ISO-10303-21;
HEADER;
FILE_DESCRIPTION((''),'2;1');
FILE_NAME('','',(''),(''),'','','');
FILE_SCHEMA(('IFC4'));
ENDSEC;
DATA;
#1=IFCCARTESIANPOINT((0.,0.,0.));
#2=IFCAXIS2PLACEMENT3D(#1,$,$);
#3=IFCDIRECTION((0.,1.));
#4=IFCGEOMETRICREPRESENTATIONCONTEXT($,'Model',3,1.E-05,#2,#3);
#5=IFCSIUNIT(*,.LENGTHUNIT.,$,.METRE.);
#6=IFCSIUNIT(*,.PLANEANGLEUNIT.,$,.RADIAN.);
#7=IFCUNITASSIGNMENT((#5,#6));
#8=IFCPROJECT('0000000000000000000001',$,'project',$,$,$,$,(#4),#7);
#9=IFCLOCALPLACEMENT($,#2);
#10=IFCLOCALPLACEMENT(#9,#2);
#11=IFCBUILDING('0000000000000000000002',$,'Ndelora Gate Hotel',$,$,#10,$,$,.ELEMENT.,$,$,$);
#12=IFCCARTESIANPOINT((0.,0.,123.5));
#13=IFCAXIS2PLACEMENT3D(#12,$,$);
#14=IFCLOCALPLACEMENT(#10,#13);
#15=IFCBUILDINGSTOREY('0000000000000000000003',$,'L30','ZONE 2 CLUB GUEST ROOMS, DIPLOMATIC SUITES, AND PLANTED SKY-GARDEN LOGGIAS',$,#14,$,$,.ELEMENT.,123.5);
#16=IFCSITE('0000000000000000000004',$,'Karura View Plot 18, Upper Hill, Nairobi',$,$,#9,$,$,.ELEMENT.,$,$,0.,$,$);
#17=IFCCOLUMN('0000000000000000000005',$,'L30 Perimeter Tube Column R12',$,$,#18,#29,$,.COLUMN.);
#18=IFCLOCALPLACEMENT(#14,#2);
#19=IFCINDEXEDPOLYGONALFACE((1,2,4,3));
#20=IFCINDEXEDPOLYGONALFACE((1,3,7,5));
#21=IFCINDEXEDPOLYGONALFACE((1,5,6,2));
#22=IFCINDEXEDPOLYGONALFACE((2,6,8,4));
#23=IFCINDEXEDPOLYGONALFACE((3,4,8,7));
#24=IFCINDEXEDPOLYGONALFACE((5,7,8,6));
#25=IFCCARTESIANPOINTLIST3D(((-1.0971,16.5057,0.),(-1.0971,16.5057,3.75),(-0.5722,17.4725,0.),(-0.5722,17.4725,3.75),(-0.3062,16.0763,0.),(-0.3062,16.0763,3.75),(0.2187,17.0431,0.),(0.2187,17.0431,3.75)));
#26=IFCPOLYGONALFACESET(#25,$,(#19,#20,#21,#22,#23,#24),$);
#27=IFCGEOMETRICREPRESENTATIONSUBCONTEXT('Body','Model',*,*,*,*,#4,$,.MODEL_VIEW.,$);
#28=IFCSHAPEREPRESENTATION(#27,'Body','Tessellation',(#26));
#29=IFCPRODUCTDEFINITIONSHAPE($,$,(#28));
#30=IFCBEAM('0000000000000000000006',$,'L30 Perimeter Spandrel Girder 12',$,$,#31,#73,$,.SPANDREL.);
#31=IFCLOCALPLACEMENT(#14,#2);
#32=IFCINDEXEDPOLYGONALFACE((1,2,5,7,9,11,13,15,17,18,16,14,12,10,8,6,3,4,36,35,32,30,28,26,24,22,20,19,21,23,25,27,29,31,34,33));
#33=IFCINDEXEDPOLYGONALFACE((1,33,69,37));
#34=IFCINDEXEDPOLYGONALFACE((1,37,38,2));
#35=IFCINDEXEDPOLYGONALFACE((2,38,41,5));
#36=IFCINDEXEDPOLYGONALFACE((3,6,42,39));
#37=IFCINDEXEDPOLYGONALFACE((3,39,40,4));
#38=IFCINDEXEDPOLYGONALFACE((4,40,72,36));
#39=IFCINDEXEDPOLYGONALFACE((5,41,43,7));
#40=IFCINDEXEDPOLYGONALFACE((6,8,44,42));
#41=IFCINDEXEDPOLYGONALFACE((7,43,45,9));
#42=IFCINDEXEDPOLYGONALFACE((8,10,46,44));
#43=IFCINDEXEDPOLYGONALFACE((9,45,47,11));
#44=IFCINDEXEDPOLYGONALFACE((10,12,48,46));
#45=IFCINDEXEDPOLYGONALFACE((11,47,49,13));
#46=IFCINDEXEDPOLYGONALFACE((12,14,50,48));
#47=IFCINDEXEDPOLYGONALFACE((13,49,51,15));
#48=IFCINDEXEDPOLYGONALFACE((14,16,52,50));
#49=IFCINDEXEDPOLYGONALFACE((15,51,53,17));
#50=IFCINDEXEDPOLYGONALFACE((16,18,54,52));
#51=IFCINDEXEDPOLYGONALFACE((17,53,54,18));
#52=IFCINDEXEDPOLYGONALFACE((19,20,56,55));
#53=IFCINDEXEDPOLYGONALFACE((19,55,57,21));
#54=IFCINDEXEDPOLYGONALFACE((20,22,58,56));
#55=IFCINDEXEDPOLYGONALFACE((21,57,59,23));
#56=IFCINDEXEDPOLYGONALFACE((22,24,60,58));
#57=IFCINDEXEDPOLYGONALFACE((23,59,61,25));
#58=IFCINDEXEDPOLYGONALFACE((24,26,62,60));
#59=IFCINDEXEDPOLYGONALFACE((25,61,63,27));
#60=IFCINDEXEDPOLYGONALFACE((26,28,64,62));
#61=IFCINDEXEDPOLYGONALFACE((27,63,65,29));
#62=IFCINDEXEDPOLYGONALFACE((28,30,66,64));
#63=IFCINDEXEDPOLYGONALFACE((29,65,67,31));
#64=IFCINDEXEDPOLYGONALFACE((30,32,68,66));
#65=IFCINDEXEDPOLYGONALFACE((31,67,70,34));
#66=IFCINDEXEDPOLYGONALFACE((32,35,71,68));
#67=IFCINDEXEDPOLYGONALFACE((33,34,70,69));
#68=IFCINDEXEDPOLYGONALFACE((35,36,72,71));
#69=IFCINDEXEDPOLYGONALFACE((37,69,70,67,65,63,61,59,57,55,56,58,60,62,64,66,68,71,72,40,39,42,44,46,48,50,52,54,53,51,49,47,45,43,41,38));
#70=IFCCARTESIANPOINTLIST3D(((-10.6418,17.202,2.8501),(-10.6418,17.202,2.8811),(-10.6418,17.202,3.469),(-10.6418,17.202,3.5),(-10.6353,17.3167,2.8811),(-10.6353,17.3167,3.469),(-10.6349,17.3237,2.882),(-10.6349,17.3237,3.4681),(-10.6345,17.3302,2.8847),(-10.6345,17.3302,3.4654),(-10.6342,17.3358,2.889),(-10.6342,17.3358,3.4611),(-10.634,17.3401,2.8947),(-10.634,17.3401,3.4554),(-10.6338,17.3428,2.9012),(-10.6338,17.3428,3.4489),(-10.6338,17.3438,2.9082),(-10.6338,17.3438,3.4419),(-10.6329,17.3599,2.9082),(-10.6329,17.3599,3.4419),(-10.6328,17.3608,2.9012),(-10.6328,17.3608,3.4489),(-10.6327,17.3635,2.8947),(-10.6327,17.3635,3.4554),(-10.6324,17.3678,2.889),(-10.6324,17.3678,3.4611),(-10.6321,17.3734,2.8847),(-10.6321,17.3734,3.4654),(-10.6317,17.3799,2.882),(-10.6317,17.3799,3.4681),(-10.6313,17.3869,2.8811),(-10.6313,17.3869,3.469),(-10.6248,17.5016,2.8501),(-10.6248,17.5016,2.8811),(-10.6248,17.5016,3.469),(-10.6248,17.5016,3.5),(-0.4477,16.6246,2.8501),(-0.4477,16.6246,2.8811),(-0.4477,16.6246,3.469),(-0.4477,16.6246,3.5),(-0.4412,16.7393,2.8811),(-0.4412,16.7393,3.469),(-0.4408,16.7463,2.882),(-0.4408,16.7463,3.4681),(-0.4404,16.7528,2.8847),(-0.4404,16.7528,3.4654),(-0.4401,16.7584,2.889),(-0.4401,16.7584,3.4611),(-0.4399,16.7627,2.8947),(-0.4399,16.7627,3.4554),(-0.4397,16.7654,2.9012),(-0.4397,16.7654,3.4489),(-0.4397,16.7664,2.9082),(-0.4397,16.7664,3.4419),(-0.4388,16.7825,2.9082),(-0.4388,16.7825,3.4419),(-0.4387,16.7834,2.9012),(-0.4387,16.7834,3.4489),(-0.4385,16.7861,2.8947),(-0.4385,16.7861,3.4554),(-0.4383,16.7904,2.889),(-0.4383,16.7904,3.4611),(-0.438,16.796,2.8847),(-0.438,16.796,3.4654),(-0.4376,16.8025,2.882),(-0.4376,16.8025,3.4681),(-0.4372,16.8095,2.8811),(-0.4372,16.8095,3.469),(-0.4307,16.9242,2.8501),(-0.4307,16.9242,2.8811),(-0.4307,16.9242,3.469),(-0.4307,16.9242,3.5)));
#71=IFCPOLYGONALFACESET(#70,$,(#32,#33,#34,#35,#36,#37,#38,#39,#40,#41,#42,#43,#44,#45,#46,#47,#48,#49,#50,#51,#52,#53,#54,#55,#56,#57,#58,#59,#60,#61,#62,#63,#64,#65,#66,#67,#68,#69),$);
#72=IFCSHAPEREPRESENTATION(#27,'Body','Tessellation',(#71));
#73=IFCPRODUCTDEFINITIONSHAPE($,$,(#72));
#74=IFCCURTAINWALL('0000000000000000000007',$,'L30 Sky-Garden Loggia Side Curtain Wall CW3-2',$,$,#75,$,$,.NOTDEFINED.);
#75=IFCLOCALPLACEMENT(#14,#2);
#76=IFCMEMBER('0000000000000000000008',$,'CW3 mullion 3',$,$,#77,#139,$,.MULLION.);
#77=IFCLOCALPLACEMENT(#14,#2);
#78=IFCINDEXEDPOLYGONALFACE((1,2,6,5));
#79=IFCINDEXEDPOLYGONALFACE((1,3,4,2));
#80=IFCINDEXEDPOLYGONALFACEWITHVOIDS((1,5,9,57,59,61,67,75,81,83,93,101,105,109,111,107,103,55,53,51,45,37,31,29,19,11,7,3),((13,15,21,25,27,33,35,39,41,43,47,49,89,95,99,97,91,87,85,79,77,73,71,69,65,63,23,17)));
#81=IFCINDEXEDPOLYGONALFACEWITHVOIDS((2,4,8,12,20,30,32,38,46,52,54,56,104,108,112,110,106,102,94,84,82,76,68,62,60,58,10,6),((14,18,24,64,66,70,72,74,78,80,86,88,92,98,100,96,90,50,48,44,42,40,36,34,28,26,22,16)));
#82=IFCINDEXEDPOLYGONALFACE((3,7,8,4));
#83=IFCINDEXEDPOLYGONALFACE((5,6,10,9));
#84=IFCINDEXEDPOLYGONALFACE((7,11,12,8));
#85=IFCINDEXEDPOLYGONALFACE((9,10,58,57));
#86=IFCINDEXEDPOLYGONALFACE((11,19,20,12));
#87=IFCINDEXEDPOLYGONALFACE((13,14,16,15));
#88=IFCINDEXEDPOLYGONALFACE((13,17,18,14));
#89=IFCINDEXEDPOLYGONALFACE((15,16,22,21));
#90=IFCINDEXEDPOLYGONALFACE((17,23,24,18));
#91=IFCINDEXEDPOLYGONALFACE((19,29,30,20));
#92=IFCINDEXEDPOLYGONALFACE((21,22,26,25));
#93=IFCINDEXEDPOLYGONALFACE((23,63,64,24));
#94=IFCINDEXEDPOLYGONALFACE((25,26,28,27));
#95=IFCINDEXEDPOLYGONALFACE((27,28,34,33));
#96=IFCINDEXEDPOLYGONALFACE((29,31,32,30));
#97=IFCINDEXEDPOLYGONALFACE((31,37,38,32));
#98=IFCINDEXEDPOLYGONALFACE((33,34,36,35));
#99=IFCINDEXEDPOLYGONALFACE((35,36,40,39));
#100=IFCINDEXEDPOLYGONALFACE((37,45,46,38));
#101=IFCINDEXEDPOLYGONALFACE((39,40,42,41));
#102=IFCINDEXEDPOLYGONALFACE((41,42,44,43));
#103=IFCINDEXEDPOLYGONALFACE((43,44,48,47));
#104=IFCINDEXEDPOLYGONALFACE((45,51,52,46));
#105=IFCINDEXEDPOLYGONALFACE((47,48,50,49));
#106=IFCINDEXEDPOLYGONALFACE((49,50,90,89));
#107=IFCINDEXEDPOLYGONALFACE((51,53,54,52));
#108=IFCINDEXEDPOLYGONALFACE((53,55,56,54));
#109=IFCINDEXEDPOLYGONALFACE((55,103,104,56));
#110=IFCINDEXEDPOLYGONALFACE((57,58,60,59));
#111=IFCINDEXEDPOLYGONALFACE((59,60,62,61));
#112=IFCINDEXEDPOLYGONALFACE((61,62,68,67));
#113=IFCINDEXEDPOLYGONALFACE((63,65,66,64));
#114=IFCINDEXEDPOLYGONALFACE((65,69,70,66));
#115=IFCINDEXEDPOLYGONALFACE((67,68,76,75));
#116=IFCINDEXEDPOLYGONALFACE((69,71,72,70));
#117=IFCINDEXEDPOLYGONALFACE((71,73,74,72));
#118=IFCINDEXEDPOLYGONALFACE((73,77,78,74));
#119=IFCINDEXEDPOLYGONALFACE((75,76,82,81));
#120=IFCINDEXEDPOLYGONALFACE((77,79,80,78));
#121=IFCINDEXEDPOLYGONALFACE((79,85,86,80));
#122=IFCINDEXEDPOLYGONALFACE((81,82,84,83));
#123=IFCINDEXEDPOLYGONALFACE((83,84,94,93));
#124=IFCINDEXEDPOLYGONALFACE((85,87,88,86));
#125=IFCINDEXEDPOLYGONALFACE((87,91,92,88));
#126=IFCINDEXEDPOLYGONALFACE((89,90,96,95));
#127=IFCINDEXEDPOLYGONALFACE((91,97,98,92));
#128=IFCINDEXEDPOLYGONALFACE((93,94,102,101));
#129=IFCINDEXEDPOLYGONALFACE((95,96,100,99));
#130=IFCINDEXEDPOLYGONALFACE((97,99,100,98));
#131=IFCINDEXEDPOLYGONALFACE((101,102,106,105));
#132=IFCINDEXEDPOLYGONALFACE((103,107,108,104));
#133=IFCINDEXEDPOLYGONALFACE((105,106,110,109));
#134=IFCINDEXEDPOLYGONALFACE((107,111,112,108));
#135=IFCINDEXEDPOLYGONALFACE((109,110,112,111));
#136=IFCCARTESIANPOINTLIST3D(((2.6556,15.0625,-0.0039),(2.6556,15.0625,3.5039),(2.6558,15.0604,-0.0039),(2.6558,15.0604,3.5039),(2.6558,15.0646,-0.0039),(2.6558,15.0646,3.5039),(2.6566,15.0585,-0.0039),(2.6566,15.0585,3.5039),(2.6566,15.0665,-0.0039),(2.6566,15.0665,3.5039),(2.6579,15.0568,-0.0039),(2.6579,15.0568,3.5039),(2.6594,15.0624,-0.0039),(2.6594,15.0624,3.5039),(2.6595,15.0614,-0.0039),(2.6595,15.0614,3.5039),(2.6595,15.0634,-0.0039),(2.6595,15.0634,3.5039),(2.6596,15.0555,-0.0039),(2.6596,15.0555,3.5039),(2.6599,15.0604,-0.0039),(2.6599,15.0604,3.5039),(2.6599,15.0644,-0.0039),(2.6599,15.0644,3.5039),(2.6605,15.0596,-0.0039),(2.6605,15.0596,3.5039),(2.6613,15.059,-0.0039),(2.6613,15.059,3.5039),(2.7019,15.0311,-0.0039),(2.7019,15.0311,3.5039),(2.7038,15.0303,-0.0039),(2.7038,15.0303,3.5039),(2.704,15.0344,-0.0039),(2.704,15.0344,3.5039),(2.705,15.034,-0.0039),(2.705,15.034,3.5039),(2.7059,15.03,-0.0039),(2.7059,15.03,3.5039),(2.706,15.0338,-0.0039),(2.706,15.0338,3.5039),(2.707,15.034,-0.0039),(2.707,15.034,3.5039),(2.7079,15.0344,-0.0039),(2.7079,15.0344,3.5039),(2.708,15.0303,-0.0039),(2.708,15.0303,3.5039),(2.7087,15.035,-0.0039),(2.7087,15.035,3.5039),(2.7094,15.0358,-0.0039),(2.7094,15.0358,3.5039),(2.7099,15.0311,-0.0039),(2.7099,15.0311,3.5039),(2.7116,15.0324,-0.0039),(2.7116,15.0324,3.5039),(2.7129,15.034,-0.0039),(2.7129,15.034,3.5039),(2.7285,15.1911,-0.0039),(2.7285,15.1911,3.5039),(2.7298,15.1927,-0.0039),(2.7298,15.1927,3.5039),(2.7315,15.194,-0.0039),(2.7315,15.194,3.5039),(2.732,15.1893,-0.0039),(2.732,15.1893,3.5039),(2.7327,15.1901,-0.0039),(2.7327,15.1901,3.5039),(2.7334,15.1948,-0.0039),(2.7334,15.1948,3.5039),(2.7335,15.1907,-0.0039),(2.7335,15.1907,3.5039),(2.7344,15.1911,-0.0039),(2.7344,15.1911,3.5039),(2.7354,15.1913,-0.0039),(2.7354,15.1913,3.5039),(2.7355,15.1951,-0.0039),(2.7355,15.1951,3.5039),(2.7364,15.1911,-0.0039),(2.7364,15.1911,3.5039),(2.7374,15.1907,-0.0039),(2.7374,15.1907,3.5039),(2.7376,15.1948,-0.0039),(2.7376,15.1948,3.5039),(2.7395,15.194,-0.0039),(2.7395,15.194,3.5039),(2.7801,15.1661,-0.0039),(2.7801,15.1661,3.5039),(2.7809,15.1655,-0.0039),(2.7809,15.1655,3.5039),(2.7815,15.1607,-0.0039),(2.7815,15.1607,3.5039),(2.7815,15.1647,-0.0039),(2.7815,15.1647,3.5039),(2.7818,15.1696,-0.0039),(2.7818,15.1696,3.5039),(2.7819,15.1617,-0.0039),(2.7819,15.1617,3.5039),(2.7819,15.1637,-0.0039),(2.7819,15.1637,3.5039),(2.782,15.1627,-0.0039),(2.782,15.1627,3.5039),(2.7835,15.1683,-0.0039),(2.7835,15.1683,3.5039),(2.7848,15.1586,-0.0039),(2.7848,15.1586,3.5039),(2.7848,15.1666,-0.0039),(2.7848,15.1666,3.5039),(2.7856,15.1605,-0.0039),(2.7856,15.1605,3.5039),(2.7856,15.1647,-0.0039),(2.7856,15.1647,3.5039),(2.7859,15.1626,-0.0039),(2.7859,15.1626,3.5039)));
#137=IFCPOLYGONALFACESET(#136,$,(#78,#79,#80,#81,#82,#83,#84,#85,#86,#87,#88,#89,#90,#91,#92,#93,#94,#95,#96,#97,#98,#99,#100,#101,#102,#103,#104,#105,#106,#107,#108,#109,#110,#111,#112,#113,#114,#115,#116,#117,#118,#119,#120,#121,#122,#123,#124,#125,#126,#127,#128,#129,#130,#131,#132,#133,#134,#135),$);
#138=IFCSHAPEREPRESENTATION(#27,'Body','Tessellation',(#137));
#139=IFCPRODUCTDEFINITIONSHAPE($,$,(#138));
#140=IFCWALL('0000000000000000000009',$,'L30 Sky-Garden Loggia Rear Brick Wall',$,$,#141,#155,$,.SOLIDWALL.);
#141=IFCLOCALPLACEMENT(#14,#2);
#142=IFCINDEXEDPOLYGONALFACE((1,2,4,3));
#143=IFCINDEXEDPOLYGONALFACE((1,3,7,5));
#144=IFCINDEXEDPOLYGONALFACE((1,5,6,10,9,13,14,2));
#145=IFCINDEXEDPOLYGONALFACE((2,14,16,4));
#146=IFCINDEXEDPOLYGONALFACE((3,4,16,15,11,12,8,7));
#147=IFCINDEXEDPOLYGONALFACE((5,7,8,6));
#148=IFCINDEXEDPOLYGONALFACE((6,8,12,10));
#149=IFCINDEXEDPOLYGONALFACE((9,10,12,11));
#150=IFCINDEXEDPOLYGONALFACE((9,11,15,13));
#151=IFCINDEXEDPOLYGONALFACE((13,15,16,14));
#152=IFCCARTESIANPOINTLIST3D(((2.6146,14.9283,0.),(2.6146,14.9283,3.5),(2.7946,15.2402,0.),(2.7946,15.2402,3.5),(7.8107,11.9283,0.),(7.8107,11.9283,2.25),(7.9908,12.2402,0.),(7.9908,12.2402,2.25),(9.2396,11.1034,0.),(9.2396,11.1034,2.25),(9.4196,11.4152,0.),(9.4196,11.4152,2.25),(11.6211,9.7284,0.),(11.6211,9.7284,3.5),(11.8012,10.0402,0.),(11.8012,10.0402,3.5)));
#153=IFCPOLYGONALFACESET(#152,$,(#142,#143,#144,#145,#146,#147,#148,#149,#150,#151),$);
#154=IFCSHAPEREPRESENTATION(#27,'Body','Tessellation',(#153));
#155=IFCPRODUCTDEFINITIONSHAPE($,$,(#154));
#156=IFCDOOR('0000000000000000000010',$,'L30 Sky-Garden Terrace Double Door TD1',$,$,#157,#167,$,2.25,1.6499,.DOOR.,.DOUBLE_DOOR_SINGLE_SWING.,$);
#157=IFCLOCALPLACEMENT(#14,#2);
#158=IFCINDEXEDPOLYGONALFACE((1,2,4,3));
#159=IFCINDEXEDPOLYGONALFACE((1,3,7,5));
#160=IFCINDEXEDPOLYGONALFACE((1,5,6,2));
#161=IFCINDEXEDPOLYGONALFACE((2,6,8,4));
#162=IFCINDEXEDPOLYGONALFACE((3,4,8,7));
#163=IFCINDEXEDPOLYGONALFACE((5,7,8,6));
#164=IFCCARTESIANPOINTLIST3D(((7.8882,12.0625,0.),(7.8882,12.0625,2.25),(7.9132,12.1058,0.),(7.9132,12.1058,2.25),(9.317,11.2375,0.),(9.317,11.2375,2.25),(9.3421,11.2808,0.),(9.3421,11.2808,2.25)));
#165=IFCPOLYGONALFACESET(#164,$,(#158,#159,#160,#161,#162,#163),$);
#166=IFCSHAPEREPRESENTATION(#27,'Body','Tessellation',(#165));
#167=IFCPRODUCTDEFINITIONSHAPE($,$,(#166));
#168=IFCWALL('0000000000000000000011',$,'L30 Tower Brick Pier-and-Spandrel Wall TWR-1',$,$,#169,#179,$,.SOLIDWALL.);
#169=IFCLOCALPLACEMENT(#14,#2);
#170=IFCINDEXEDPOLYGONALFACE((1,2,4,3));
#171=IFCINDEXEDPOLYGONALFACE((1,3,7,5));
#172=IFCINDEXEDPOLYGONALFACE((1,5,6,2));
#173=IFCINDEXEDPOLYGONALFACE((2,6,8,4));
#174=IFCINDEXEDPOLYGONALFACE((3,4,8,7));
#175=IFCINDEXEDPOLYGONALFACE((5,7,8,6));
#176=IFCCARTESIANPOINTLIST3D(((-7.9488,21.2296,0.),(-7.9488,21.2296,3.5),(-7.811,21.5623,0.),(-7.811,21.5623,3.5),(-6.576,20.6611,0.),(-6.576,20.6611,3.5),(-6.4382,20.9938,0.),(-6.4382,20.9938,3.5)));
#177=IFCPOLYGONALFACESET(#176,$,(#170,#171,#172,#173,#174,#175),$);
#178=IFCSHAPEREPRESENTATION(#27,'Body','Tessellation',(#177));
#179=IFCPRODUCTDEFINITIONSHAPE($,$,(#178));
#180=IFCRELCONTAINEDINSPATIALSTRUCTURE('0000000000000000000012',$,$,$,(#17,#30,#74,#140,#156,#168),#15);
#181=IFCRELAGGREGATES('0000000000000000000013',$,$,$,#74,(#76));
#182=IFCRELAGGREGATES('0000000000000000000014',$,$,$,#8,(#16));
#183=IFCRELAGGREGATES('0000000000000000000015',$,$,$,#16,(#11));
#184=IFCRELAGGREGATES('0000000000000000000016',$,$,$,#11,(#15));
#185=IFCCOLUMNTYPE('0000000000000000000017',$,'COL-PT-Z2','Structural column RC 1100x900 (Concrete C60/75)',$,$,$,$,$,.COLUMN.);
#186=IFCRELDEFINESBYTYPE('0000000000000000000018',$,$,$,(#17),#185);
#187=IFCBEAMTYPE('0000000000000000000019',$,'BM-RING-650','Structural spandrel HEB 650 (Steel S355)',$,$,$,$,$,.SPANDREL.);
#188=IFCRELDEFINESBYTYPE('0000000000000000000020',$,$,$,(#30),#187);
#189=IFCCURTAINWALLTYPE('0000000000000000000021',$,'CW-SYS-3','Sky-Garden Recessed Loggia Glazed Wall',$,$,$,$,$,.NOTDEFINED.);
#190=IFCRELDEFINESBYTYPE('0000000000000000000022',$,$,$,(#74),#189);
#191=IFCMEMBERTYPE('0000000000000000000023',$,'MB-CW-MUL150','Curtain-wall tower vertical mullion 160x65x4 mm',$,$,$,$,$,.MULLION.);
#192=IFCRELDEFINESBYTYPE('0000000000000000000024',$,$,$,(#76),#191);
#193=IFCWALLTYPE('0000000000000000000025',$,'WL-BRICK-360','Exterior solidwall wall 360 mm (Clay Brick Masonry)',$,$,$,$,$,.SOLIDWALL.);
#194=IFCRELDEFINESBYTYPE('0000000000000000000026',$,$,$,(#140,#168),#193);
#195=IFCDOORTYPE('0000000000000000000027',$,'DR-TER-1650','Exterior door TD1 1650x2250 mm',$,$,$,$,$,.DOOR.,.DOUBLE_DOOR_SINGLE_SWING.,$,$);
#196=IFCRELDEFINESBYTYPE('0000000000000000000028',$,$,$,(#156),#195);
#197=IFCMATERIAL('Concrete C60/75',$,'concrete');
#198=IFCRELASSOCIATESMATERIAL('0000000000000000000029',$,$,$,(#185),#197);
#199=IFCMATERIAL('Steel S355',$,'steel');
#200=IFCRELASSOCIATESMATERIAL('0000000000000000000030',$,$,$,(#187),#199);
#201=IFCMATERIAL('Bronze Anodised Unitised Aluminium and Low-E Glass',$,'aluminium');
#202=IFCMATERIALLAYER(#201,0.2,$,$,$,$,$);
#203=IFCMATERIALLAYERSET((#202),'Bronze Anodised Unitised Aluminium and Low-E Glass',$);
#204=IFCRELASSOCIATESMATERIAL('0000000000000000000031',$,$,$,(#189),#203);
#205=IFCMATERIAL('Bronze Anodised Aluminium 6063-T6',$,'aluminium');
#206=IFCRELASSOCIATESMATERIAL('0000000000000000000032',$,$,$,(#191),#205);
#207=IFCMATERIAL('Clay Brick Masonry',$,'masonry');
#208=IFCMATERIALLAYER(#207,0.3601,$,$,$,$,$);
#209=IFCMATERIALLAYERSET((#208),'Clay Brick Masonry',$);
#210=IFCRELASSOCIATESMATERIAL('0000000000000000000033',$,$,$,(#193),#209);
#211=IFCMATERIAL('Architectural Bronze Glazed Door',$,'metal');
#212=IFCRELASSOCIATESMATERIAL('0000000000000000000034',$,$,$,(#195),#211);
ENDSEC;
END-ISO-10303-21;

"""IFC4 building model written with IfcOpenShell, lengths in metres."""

from ifc_helpers import new_model, si_unit, direction, frame, frame_2d, origin, origin_2d, place, context, subcontext, project, spatial, rectangle, hollow_rectangle, i_section, extrude, material, layer, layer_set, material_profile, profile_set, type_object, element, fill, aggregate, save


model = new_model("IFC4")

# Units and contexts
model_context = context("Model", 3, precision=1e-05, world=origin(), true_north=direction((0.0, 1.0)))
body_context = subcontext(model_context, "Body", "Model", "MODEL_VIEW")
ifc_project = project(units=[si_unit("LENGTHUNIT", "METRE"), si_unit("PLANEANGLEUNIT", "RADIAN")], contexts=[model_context])

# Site, building, storey
site_placement = place(None, origin())
site = spatial("IfcSite", under=ifc_project, at=site_placement, Name="Karura View Plot 18, Upper Hill, Nairobi", CompositionType="ELEMENT", RefElevation=0.0)
building_placement = place(site_placement, origin())
building = spatial("IfcBuilding", under=site, at=building_placement, Name="Ndelora Gate Hotel", CompositionType="ELEMENT")
storey_placement = place(building_placement, frame((0.0, 0.0, 123.5)))
storey = spatial("IfcBuildingStorey", under=building, at=storey_placement, Name="L30", Description="ZONE 2 CLUB GUEST ROOMS, DIPLOMATIC SUITES, AND PLANTED SKY-GARDEN LOGGIAS", CompositionType="ELEMENT", Elevation=123.5)

# Column
ifc_material_1 = material(Name="Concrete C60/75", Category="concrete")
ifc_material_profile_1 = material_profile(ifc_material_1, rectangle(XDim=0.8999, YDim=1.1001, at=origin_2d()), Name="RC 1100x900")
ifc_profile_set_1 = profile_set([ifc_material_profile_1], Name="Concrete C60/75")
column_type = type_object("IfcColumnType", Name="COL-PT-Z2", Description="Structural column RC 1100x900 (Concrete C60/75)", PredefinedType="COLUMN", material=ifc_profile_set_1)
column_placement = place(storey_placement, frame((-0.4392, 16.7744, 0.0), z_axis=(0.0, 0.0, 1.0), x_axis=(-0.878817, 0.477159, 0.0)))
element("IfcColumn", 1, at=column_placement, inside=storey, type_object=column_type, Name="L30 Perimeter Tube Column R12", PredefinedType="COLUMN", context=body_context, shape_type="SweptSolid", body=[
    extrude(rectangle(XDim=0.8999, YDim=1.1001, at=origin_2d()), origin(), (0.0, 0.0, 1.0), 3.75),
])

# Beam
ifc_material_2 = material(Name="Steel S355", Category="steel")
ifc_material_profile_2 = material_profile(ifc_material_2, i_section(OverallWidth=0.3, OverallDepth=0.6499, WebThickness=0.0161, FlangeThickness=0.031, FilletRadius=0.0271, at=origin_2d()), Name="HEB 650")
ifc_profile_set_2 = profile_set([ifc_material_profile_2], Name="Steel S355")
beam_type = type_object("IfcBeamType", Name="BM-RING-650", Description="Structural spandrel HEB 650 (Steel S355)", PredefinedType="SPANDREL", material=ifc_profile_set_2)
beam_placement = place(storey_placement, frame((-0.4392, 16.7744, 3.175), z_axis=(-0.9984, 0.056549, 0.0), x_axis=(-0.056549, -0.9984, 0.0)))
element("IfcBeam", 2, at=beam_placement, inside=storey, type_object=beam_type, Name="L30 Perimeter Spandrel Girder 12", PredefinedType="SPANDREL", context=body_context, shape_type="SweptSolid", body=[
    extrude(i_section(OverallWidth=0.3, OverallDepth=0.6499, WebThickness=0.0161, FlangeThickness=0.031, FilletRadius=0.0271, at=origin_2d()), origin(), (0.0, 0.0, 1.0), 10.2104),
])

# Curtain wall, member
ifc_material_3 = material(Name="Bronze Anodised Unitised Aluminium and Low-E Glass", Category="aluminium")
ifc_layer_1 = layer(ifc_material_3, 0.2)
ifc_layer_set_1 = layer_set([ifc_layer_1], Name="Bronze Anodised Unitised Aluminium and Low-E Glass")
curtain_wall_type = type_object("IfcCurtainWallType", Name="CW-SYS-3", Description="Sky-Garden Recessed Loggia Glazed Wall", PredefinedType="NOTDEFINED", material=ifc_layer_set_1)
curtain_wall_placement = place(storey_placement, origin())
curtain_wall = element("IfcCurtainWall", 3, at=curtain_wall_placement, inside=storey, type_object=curtain_wall_type, Name="L30 Sky-Garden Loggia Side Curtain Wall CW3-2", PredefinedType="NOTDEFINED")
ifc_material_4 = material(Name="Bronze Anodised Aluminium 6063-T6", Category="aluminium")
ifc_material_profile_3 = material_profile(ifc_material_4, hollow_rectangle(XDim=0.0649, YDim=0.1599, WallThickness=0.0039, InnerFilletRadius=0.0039, OuterFilletRadius=0.0081, at=origin_2d()), Name="ALU 160x65x4")
ifc_profile_set_3 = profile_set([ifc_material_profile_3], Name="Bronze Anodised Aluminium 6063-T6")
member_type = type_object("IfcMemberType", Name="MB-CW-MUL150", Description="Curtain-wall tower vertical mullion 160x65x4 mm", PredefinedType="MULLION", material=ifc_profile_set_3)
member_placement = place(storey_placement, frame((2.7207, 15.1125, -0.0039), z_axis=(0.0, 0.0, 1.0), x_axis=(0.866019, -0.500011, 0.0)))
member = element("IfcMember", 4, at=member_placement, type_object=member_type, Name="CW3 mullion 3", PredefinedType="MULLION", context=body_context, shape_type="SweptSolid", body=[
    extrude(hollow_rectangle(XDim=0.0649, YDim=0.1599, WallThickness=0.0039, InnerFilletRadius=0.0039, OuterFilletRadius=0.0081, at=origin_2d()), origin(), (0.0, 0.0, 1.0), 3.5078),
])
aggregate(curtain_wall, [member])

# Wall, opening, door
ifc_material_5 = material(Name="Clay Brick Masonry", Category="masonry")
ifc_layer_2 = layer(ifc_material_5, 0.3601)
ifc_layer_set_2 = layer_set([ifc_layer_2], Name="Clay Brick Masonry")
wall_type_1 = type_object("IfcWallType", Name="WL-BRICK-360", Description="Exterior solidwall wall 360 mm (Clay Brick Masonry)", PredefinedType="SOLIDWALL", material=ifc_layer_set_2)
wall_1_placement = place(storey_placement, frame((2.7046, 15.0842, 0.0), z_axis=(0.0, 0.0, 1.0), x_axis=(0.866026, -0.499999, 0.0)))
wall_1 = element("IfcWall", 5, at=wall_1_placement, inside=storey, type_object=wall_type_1, Name="L30 Sky-Garden Loggia Rear Brick Wall", PredefinedType="SOLIDWALL", context=body_context, shape_type="SweptSolid", body=[
    extrude(rectangle(XDim=10.3999, YDim=0.3601, at=frame_2d((5.2, 0.0))), origin(), (0.0, 0.0, 1.0), 3.5),
])
opening_1_placement = place(wall_1_placement, frame((6.0, 0.0, 0.0)))
opening_1 = element("IfcOpeningElement", 6, at=opening_1_placement, cuts=wall_1, PredefinedType="OPENING", context=body_context, shape_type="SweptSolid", body=[
    extrude(rectangle(XDim=1.6499, YDim=2.25, at=frame_2d((0.825, 1.125))), frame((0.0, 0.1899, 0.0), z_axis=(0.0, -1.0, 0.0), x_axis=(1.0, 0.0, 0.0)), (0.0, 0.0, 1.0), 0.3801),
])
ifc_material_6 = material(Name="Architectural Bronze Glazed Door", Category="metal")
door_type_1 = type_object("IfcDoorType", Name="DR-TER-1650", Description="Exterior door TD1 1650x2250 mm", OperationType="DOUBLE_DOOR_SINGLE_SWING", PredefinedType="DOOR", material=ifc_material_6)
door_1_placement = place(opening_1_placement, origin())
door_1 = element("IfcDoor", 7, at=door_1_placement, inside=storey, type_object=door_type_1, Name="L30 Sky-Garden Terrace Double Door TD1", OperationType="DOUBLE_DOOR_SINGLE_SWING", OverallHeight=2.25, OverallWidth=1.6499, PredefinedType="DOOR", context=body_context, shape_type="SweptSolid", body=[
    extrude(rectangle(XDim=1.6499, YDim=2.25, at=frame_2d((0.825, 1.125))), frame((0.0, 0.0249, 0.0), z_axis=(0.0, -1.0, 0.0), x_axis=(1.0, 0.0, 0.0)), (0.0, 0.0, 1.0), 0.05),
])
fill(opening_1, door_1)

# Wall
for number, where, z_axis, x_axis, name in (
    (8, (-7.8799, 21.396, 0.0), (0.0, 0.0, 1.0), (0.923887, -0.382666, 0.0), "L30 Tower Brick Pier-and-Spandrel Wall TWR-1"),
):
    element("IfcWall", number, at=place(storey_placement, frame(where, z_axis=z_axis, x_axis=x_axis)), inside=storey, type_object=wall_type_1, Name=name, PredefinedType="SOLIDWALL", context=body_context, shape_type="SweptSolid", body=[
        extrude(rectangle(XDim=1.4858, YDim=0.3601, at=frame_2d((0.7429, 0.0))), origin(), (0.0, 0.0, 1.0), 3.5),
    ])

save(model, "model.ifc")
